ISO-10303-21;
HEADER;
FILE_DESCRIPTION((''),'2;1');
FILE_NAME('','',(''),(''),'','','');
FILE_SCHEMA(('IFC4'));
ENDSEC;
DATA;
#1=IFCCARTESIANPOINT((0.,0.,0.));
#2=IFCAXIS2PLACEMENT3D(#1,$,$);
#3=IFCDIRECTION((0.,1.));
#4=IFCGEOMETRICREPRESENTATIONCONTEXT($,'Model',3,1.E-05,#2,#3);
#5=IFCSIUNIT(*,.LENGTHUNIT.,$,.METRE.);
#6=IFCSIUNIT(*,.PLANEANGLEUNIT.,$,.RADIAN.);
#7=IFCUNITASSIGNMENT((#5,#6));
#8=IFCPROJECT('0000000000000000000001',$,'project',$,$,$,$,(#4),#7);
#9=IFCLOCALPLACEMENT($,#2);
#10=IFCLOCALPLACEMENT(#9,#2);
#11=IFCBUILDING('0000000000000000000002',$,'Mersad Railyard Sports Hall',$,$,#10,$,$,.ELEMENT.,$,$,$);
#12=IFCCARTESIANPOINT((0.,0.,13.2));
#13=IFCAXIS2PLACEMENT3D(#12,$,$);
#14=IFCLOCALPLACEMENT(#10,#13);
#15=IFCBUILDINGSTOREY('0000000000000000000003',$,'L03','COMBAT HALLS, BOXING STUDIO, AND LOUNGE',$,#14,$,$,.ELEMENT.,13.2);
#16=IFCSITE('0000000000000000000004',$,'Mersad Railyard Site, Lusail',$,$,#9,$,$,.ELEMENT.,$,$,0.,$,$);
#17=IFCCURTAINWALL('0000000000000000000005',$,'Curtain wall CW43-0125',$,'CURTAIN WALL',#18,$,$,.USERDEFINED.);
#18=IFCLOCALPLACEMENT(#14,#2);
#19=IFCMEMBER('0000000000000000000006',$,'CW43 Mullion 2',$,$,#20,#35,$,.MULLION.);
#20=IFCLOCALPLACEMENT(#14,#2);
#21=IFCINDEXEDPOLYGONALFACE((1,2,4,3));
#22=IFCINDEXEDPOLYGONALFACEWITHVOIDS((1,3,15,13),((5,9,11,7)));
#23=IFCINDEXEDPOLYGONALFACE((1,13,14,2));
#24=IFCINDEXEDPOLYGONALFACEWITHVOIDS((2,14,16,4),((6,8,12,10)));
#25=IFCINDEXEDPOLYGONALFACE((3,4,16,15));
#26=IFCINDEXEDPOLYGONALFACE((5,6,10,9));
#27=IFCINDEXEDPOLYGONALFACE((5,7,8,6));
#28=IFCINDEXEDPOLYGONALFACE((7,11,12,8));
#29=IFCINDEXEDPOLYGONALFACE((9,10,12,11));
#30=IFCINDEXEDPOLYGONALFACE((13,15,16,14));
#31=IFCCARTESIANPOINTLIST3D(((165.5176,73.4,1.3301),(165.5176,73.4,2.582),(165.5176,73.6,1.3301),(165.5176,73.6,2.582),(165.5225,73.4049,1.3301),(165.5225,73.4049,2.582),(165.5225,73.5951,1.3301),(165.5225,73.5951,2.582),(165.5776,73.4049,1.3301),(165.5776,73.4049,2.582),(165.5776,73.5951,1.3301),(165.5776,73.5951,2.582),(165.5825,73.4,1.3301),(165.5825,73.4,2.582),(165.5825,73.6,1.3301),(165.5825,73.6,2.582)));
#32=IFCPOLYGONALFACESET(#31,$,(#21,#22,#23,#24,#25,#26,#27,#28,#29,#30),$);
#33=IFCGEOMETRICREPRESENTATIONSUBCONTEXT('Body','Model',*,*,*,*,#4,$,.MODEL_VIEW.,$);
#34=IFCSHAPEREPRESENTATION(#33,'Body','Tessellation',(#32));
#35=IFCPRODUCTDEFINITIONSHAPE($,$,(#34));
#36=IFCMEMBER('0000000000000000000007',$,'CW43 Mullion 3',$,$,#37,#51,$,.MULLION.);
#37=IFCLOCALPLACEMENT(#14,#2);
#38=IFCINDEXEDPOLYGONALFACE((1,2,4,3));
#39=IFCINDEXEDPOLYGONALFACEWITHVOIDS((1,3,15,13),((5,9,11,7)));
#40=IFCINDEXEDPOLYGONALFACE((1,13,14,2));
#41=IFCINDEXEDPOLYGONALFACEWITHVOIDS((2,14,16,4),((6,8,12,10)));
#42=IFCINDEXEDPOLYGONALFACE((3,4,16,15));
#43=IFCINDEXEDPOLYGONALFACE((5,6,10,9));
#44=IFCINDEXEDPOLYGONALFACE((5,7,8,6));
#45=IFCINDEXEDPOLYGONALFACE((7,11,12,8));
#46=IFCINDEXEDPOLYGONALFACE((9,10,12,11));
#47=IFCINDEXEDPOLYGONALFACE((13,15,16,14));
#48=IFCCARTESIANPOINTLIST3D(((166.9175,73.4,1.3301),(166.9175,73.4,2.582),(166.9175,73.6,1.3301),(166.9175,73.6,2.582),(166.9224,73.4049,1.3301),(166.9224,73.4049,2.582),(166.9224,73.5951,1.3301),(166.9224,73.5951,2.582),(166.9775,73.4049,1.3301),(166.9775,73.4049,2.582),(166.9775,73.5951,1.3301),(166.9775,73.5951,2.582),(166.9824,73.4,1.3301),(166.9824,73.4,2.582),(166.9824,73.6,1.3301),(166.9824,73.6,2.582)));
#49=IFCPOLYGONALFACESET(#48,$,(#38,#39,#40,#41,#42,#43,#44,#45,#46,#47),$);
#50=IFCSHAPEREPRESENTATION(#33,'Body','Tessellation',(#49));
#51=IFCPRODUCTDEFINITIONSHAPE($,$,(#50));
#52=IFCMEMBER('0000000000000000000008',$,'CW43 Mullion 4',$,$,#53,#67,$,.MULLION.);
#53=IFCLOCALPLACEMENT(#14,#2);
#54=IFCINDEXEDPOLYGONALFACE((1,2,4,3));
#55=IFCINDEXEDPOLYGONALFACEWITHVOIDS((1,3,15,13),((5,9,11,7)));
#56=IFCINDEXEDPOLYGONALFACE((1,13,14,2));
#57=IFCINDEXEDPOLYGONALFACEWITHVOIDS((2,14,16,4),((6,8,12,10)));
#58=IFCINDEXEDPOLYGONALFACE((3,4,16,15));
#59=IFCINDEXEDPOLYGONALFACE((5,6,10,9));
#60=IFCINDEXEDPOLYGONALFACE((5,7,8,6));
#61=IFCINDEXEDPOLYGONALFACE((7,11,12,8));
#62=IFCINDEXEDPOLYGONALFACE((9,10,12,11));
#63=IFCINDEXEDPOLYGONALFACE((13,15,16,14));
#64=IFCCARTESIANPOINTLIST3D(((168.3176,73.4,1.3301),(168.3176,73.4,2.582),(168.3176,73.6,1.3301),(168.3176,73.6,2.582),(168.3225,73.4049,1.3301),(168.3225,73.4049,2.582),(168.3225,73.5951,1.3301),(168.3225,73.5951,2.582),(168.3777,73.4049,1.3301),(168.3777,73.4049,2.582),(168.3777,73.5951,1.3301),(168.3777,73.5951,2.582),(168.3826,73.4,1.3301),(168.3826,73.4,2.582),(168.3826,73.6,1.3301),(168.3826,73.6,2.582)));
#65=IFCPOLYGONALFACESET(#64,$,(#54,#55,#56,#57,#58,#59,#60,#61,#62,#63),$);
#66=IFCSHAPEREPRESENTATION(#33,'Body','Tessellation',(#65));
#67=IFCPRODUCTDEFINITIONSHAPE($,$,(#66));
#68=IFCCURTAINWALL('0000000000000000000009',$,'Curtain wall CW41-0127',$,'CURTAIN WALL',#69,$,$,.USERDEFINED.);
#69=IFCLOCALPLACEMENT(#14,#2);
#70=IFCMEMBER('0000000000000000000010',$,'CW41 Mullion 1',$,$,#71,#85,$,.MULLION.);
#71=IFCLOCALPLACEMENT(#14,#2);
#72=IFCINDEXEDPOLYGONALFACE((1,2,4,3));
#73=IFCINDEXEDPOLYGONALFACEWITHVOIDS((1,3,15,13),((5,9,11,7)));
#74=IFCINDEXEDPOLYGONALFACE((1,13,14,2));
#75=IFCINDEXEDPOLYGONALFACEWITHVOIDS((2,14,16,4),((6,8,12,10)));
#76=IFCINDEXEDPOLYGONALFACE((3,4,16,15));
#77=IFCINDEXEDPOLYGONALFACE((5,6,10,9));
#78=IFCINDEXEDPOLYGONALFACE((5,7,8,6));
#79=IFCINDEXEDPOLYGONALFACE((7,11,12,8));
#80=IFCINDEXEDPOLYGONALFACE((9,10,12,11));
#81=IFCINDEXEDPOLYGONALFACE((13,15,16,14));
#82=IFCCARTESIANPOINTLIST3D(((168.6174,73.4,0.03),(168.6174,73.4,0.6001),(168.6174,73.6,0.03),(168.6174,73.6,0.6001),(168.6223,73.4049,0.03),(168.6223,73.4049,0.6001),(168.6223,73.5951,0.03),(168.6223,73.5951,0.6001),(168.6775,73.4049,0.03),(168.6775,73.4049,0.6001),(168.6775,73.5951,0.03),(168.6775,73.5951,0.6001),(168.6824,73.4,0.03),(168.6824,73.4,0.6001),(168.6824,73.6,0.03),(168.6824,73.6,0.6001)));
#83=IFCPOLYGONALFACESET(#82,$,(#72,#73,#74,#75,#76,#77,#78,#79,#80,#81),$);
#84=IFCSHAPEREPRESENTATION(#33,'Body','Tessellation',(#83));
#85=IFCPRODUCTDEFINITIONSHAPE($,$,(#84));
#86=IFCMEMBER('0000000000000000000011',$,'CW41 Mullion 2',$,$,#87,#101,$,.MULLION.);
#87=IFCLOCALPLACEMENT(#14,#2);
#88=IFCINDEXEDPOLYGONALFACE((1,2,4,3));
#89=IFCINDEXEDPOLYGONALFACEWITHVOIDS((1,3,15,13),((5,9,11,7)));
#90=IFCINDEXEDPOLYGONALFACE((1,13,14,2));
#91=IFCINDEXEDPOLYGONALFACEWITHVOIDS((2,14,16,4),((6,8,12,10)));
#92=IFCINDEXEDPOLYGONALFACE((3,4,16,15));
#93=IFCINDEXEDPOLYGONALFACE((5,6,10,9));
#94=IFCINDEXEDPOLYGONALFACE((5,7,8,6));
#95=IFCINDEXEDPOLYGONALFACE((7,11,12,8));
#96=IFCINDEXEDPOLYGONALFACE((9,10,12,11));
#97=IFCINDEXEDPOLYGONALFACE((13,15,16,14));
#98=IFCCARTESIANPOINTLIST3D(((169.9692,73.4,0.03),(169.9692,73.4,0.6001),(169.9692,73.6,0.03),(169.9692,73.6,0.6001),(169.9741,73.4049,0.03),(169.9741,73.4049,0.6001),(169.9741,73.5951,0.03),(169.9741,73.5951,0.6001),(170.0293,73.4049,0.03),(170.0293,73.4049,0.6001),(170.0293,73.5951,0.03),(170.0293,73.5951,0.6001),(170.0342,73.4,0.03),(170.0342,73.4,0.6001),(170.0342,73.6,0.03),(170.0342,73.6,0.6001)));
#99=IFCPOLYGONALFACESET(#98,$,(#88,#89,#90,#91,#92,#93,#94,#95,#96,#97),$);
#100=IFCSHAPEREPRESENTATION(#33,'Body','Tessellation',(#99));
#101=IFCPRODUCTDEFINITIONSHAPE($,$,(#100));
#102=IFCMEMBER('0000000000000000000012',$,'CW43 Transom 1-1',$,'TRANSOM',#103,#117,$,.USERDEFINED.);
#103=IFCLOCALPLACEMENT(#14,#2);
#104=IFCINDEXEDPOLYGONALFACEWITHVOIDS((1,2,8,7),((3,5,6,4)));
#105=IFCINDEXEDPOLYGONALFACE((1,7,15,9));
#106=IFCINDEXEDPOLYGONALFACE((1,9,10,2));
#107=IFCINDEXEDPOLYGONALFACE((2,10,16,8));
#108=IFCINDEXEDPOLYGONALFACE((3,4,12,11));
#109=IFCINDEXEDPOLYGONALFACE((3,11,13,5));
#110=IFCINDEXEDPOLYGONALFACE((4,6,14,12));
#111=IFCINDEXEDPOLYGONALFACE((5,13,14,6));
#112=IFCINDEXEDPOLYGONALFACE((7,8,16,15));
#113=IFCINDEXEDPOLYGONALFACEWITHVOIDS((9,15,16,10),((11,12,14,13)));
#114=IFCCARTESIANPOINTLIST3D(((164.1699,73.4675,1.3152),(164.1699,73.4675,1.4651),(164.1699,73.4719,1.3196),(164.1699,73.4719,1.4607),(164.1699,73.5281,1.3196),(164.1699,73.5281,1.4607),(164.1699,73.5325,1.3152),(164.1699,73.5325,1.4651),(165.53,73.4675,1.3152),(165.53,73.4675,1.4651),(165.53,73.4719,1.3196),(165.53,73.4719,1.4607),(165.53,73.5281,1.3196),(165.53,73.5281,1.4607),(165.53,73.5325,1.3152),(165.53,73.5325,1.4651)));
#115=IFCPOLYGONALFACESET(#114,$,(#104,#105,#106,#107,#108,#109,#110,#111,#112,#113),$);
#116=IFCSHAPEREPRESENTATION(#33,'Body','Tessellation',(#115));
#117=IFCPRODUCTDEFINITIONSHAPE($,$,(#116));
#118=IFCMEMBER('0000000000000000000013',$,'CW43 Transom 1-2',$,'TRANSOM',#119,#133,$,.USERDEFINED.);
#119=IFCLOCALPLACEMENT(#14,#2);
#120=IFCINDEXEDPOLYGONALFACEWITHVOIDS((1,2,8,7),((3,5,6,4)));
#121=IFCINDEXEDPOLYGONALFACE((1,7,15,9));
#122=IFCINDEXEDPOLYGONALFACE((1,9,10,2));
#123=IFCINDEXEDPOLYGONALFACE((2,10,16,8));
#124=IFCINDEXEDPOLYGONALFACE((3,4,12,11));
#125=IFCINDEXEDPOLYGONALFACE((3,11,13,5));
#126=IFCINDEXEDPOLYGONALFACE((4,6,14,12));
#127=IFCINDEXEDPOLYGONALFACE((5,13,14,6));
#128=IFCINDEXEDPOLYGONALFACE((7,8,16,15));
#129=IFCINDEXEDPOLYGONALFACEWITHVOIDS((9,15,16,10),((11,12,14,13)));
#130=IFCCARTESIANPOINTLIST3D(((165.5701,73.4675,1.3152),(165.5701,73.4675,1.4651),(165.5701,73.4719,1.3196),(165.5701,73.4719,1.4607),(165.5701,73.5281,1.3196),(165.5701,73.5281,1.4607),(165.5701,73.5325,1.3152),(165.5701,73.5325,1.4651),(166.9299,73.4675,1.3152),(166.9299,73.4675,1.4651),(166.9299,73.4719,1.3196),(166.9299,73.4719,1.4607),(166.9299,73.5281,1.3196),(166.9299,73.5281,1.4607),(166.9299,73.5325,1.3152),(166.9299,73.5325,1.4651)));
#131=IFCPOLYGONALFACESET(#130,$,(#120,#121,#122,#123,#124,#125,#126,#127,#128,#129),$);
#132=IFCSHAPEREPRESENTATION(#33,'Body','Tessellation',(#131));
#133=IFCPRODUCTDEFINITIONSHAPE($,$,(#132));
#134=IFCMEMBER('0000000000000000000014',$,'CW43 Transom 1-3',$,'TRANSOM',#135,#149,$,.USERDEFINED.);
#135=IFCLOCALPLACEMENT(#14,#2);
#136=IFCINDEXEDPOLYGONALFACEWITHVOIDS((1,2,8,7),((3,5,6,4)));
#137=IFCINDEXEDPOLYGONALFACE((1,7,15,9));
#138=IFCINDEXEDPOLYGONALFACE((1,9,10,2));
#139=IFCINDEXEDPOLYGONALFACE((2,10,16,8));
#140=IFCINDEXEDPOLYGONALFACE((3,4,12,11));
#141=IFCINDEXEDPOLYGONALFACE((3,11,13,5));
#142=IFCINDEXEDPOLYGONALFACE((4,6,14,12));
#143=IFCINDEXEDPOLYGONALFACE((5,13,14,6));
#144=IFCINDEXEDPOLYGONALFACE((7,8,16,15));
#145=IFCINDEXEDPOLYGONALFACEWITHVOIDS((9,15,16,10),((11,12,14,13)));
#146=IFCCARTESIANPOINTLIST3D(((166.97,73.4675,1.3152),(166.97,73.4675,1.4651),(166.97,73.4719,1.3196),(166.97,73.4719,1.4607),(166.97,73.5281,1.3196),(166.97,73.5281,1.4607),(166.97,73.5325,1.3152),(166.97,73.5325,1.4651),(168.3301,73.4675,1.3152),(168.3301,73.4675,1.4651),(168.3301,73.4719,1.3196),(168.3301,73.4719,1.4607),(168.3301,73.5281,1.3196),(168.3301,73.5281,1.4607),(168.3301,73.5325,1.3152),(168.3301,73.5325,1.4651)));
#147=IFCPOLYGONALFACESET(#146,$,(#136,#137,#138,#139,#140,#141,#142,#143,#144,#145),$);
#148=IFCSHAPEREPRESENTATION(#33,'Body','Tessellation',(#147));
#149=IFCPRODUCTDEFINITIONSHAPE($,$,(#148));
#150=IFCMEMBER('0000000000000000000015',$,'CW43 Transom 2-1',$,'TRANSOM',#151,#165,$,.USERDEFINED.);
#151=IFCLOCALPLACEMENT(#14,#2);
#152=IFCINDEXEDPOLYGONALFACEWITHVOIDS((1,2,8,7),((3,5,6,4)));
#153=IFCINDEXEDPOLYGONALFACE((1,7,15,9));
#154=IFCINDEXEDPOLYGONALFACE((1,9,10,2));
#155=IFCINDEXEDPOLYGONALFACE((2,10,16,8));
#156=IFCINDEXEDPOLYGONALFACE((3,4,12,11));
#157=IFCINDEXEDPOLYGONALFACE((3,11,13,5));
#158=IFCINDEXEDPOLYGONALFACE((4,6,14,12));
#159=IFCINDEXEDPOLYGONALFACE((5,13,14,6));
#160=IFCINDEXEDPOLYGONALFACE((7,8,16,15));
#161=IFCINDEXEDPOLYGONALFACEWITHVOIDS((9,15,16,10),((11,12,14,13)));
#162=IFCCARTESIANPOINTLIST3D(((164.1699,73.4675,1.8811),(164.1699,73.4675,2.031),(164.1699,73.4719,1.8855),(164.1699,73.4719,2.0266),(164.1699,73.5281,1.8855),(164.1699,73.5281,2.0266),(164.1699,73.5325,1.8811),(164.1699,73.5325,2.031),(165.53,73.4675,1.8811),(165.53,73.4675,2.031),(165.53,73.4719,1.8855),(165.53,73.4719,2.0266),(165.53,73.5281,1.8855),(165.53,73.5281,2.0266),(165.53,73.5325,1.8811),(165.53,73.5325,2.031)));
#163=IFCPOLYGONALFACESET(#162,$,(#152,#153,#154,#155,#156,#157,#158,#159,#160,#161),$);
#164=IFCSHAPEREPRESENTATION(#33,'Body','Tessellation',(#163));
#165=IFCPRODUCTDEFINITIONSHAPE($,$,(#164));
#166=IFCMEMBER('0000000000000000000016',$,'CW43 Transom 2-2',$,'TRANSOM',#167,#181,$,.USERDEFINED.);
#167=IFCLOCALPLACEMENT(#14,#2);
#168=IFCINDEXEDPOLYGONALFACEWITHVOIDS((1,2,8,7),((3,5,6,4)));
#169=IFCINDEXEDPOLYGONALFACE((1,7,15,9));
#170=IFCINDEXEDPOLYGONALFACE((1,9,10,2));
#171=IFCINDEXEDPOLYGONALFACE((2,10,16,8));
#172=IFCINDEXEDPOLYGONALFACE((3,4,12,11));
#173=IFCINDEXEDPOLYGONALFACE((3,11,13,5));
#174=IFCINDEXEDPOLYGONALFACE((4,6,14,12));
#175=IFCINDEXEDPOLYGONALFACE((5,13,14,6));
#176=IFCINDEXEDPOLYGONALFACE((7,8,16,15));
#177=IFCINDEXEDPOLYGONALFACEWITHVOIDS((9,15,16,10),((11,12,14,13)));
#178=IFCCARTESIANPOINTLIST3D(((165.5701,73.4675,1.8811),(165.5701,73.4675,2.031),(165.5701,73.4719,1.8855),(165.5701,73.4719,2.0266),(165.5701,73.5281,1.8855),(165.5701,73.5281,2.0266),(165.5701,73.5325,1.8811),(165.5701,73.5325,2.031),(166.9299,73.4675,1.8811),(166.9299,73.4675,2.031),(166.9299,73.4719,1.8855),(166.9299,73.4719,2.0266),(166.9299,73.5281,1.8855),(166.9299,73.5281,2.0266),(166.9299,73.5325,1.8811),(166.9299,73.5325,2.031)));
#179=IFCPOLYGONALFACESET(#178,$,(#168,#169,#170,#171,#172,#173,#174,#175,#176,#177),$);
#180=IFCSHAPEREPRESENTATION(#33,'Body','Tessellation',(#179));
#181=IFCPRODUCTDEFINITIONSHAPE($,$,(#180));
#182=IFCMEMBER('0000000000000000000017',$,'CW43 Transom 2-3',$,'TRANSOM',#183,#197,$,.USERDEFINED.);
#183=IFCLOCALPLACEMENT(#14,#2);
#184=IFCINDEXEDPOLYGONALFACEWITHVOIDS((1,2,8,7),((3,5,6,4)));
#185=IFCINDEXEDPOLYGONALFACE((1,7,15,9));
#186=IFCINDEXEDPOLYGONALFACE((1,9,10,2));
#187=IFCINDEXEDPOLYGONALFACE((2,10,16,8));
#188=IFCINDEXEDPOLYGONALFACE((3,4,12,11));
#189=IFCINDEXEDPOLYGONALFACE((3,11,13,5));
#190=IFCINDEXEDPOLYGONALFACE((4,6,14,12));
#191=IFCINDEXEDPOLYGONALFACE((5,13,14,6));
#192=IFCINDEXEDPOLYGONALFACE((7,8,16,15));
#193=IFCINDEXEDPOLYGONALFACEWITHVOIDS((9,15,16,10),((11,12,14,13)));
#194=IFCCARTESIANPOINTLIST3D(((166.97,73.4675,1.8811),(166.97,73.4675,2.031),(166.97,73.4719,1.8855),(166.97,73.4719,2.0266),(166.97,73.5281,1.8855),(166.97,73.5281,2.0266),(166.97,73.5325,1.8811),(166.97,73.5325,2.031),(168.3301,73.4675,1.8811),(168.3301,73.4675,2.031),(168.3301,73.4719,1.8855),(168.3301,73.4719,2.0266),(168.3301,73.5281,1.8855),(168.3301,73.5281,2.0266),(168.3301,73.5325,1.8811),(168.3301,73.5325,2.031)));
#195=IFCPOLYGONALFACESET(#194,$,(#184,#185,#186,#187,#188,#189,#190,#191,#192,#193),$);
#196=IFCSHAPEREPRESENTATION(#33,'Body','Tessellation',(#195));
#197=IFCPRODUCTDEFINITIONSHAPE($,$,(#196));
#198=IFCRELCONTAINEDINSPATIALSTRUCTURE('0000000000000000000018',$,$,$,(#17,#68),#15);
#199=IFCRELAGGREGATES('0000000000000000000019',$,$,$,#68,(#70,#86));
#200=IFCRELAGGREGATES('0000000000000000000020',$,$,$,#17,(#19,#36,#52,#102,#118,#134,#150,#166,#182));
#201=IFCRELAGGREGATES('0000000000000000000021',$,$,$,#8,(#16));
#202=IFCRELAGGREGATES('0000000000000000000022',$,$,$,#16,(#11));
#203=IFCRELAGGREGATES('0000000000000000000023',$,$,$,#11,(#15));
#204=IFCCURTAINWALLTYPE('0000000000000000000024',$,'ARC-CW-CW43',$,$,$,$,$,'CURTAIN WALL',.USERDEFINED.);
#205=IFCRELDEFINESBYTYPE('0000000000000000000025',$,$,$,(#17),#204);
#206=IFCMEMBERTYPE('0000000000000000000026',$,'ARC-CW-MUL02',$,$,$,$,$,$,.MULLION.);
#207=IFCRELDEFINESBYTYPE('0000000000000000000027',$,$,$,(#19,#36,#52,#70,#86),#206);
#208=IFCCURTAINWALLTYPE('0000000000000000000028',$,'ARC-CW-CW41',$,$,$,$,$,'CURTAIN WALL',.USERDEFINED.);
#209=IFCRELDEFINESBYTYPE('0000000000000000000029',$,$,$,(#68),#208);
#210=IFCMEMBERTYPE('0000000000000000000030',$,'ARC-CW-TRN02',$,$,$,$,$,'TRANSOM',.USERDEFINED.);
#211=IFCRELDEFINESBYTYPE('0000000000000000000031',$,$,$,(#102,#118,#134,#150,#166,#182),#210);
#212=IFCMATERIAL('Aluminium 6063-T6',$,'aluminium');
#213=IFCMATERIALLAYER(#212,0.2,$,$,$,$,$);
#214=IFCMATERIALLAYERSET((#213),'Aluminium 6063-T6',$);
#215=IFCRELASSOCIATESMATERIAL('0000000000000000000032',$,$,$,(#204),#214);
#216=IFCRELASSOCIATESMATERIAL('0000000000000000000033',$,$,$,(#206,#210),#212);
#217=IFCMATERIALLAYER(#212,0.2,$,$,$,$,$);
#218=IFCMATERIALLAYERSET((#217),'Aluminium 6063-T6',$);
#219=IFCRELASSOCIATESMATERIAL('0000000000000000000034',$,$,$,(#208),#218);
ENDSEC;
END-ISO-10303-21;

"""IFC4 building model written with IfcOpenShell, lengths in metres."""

from ifc_helpers import new_model, si_unit, direction, frame, origin, origin_2d, place, context, subcontext, project, spatial, hollow_rectangle, extrude, material, layer, layer_set, material_profile, profile_set, type_object, element, aggregate, save


model = new_model("IFC4")

# Units and contexts
model_context = context("Model", 3, precision=1e-05, world=origin(), true_north=direction((0.0, 1.0)))
body_context = subcontext(model_context, "Body", "Model", "MODEL_VIEW")
ifc_project = project(units=[si_unit("LENGTHUNIT", "METRE"), si_unit("PLANEANGLEUNIT", "RADIAN")], contexts=[model_context])

# Site, building, storey
site_placement = place(None, origin())
site = spatial("IfcSite", under=ifc_project, at=site_placement, Name="Mersad Railyard Site, Lusail", CompositionType="ELEMENT", RefElevation=0.0)
building_placement = place(site_placement, origin())
building = spatial("IfcBuilding", under=site, at=building_placement, Name="Mersad Railyard Sports Hall", CompositionType="ELEMENT")
storey_placement = place(building_placement, frame((0.0, 0.0, 13.2)))
storey = spatial("IfcBuildingStorey", under=building, at=storey_placement, Name="L03", Description="COMBAT HALLS, BOXING STUDIO, AND LOUNGE", CompositionType="ELEMENT", Elevation=13.2)

# Curtain walls, members
ifc_material_1 = material(Name="Aluminium 6063-T6", Category="aluminium")
ifc_layer_1 = layer(ifc_material_1, 0.2)
ifc_layer_set_1 = layer_set([ifc_layer_1], Name="Aluminium 6063-T6")
curtain_wall_type_1 = type_object("IfcCurtainWallType", Name="ARC-CW-CW43", ElementType="CURTAIN WALL", PredefinedType="USERDEFINED", material=ifc_layer_set_1)
curtain_wall_1_placement = place(storey_placement, origin())
curtain_wall_1 = element("IfcCurtainWall", 1, at=curtain_wall_1_placement, inside=storey, type_object=curtain_wall_type_1, Name="Curtain wall CW43-0125", ObjectType="CURTAIN WALL", PredefinedType="USERDEFINED")
ifc_material_profile_1 = material_profile(ifc_material_1, hollow_rectangle(XDim=0.0649, YDim=0.2, WallThickness=0.0049, at=origin_2d()), Name="AL MULLION 65x200x5")
ifc_profile_set_1 = profile_set([ifc_material_profile_1], Name="Aluminium 6063-T6")
member_type_1 = type_object("IfcMemberType", Name="ARC-CW-MUL02", PredefinedType="MULLION", material=ifc_profile_set_1)
member_1_placement = place(storey_placement, frame((165.55, 73.5, 1.3301), z_axis=(0.0, 0.0, 1.0), x_axis=(1.0, 0.0, 0.0)))
member_1 = element("IfcMember", 2, at=member_1_placement, type_object=member_type_1, Name="CW43 Mullion 2", PredefinedType="MULLION", context=body_context, shape_type="SweptSolid", body=[
    extrude(hollow_rectangle(XDim=0.0649, YDim=0.2, WallThickness=0.0049, at=origin_2d()), origin(), (0.0, 0.0, 1.0), 1.252),
])
member_2_placement = place(storey_placement, frame((166.95, 73.5, 1.3301), z_axis=(0.0, 0.0, 1.0), x_axis=(1.0, 0.0, 0.0)))
member_2 = element("IfcMember", 3, at=member_2_placement, type_object=member_type_1, Name="CW43 Mullion 3", PredefinedType="MULLION", context=body_context, shape_type="SweptSolid", body=[
    extrude(hollow_rectangle(XDim=0.0649, YDim=0.2, WallThickness=0.0049, at=origin_2d()), origin(), (0.0, 0.0, 1.0), 1.252),
])
member_3_placement = place(storey_placement, frame((168.3501, 73.5, 1.3301), z_axis=(0.0, 0.0, 1.0), x_axis=(1.0, 0.0, 0.0)))
member_3 = element("IfcMember", 4, at=member_3_placement, type_object=member_type_1, Name="CW43 Mullion 4", PredefinedType="MULLION", context=body_context, shape_type="SweptSolid", body=[
    extrude(hollow_rectangle(XDim=0.0649, YDim=0.2, WallThickness=0.0049, at=origin_2d()), origin(), (0.0, 0.0, 1.0), 1.252),
])
ifc_layer_2 = layer(ifc_material_1, 0.2)
ifc_layer_set_2 = layer_set([ifc_layer_2], Name="Aluminium 6063-T6")
curtain_wall_type_2 = type_object("IfcCurtainWallType", Name="ARC-CW-CW41", ElementType="CURTAIN WALL", PredefinedType="USERDEFINED", material=ifc_layer_set_2)
curtain_wall_2_placement = place(storey_placement, origin())
curtain_wall_2 = element("IfcCurtainWall", 5, at=curtain_wall_2_placement, inside=storey, type_object=curtain_wall_type_2, Name="Curtain wall CW41-0127", ObjectType="CURTAIN WALL", PredefinedType="USERDEFINED")
member_4_placement = place(storey_placement, frame((168.6499, 73.5, 0.03), z_axis=(0.0, 0.0, 1.0), x_axis=(1.0, 0.0, 0.0)))
member_4 = element("IfcMember", 6, at=member_4_placement, type_object=member_type_1, Name="CW41 Mullion 1", PredefinedType="MULLION", context=body_context, shape_type="SweptSolid", body=[
    extrude(hollow_rectangle(XDim=0.0649, YDim=0.2, WallThickness=0.0049, at=origin_2d()), origin(), (0.0, 0.0, 1.0), 0.5701),
])
member_5_placement = place(storey_placement, frame((170.0017, 73.5, 0.03), z_axis=(0.0, 0.0, 1.0), x_axis=(1.0, 0.0, 0.0)))
member_5 = element("IfcMember", 7, at=member_5_placement, type_object=member_type_1, Name="CW41 Mullion 2", PredefinedType="MULLION", context=body_context, shape_type="SweptSolid", body=[
    extrude(hollow_rectangle(XDim=0.0649, YDim=0.2, WallThickness=0.0049, at=origin_2d()), origin(), (0.0, 0.0, 1.0), 0.5701),
])

# Members
ifc_material_profile_2 = material_profile(ifc_material_1, hollow_rectangle(XDim=0.0649, YDim=0.1499, WallThickness=0.0044, at=origin_2d()), Name="AL TRANSOM 65x150x4.5")
ifc_profile_set_2 = profile_set([ifc_material_profile_2], Name="Aluminium 6063-T6")
member_type_2 = type_object("IfcMemberType", Name="ARC-CW-TRN02", ElementType="TRANSOM", PredefinedType="USERDEFINED", material=ifc_profile_set_2)
member_6_placement = place(storey_placement, frame((164.1699, 73.5, 1.3901), z_axis=(1.0, 0.0, 0.0), x_axis=(0.0, 1.0, 0.0)))
member_6 = element("IfcMember", 8, at=member_6_placement, type_object=member_type_2, Name="CW43 Transom 1-1", ObjectType="TRANSOM", PredefinedType="USERDEFINED", context=body_context, shape_type="SweptSolid", body=[
    extrude(hollow_rectangle(XDim=0.0649, YDim=0.1499, WallThickness=0.0044, at=origin_2d()), origin(), (0.0, 0.0, 1.0), 1.3601),
])
member_7_placement = place(storey_placement, frame((165.5701, 73.5, 1.3901), z_axis=(1.0, 0.0, 0.0), x_axis=(0.0, 1.0, 0.0)))
member_7 = element("IfcMember", 9, at=member_7_placement, type_object=member_type_2, Name="CW43 Transom 1-2", ObjectType="TRANSOM", PredefinedType="USERDEFINED", context=body_context, shape_type="SweptSolid", body=[
    extrude(hollow_rectangle(XDim=0.0649, YDim=0.1499, WallThickness=0.0044, at=origin_2d()), origin(), (0.0, 0.0, 1.0), 1.3599),
])
member_8_placement = place(storey_placement, frame((166.97, 73.5, 1.3901), z_axis=(1.0, 0.0, 0.0), x_axis=(0.0, 1.0, 0.0)))
member_8 = element("IfcMember", 10, at=member_8_placement, type_object=member_type_2, Name="CW43 Transom 1-3", ObjectType="TRANSOM", PredefinedType="USERDEFINED", context=body_context, shape_type="SweptSolid", body=[
    extrude(hollow_rectangle(XDim=0.0649, YDim=0.1499, WallThickness=0.0044, at=origin_2d()), origin(), (0.0, 0.0, 1.0), 1.3601),
])
member_9_placement = place(storey_placement, frame((164.1699, 73.5, 1.9561), z_axis=(1.0, 0.0, 0.0), x_axis=(0.0, 1.0, 0.0)))
member_9 = element("IfcMember", 11, at=member_9_placement, type_object=member_type_2, Name="CW43 Transom 2-1", ObjectType="TRANSOM", PredefinedType="USERDEFINED", context=body_context, shape_type="SweptSolid", body=[
    extrude(hollow_rectangle(XDim=0.0649, YDim=0.1499, WallThickness=0.0044, at=origin_2d()), origin(), (0.0, 0.0, 1.0), 1.3601),
])
member_10_placement = place(storey_placement, frame((165.5701, 73.5, 1.9561), z_axis=(1.0, 0.0, 0.0), x_axis=(0.0, 1.0, 0.0)))
member_10 = element("IfcMember", 12, at=member_10_placement, type_object=member_type_2, Name="CW43 Transom 2-2", ObjectType="TRANSOM", PredefinedType="USERDEFINED", context=body_context, shape_type="SweptSolid", body=[
    extrude(hollow_rectangle(XDim=0.0649, YDim=0.1499, WallThickness=0.0044, at=origin_2d()), origin(), (0.0, 0.0, 1.0), 1.3599),
])
member_11_placement = place(storey_placement, frame((166.97, 73.5, 1.9561), z_axis=(1.0, 0.0, 0.0), x_axis=(0.0, 1.0, 0.0)))
member_11 = element("IfcMember", 13, at=member_11_placement, type_object=member_type_2, Name="CW43 Transom 2-3", ObjectType="TRANSOM", PredefinedType="USERDEFINED", context=body_context, shape_type="SweptSolid", body=[
    extrude(hollow_rectangle(XDim=0.0649, YDim=0.1499, WallThickness=0.0044, at=origin_2d()), origin(), (0.0, 0.0, 1.0), 1.3601),
])
aggregate(curtain_wall_2, [member_4, member_5])

aggregate(curtain_wall_1, [member_1, member_2, member_3, member_6, member_7, member_8, member_9, member_10, member_11])

save(model, "model.ifc")
